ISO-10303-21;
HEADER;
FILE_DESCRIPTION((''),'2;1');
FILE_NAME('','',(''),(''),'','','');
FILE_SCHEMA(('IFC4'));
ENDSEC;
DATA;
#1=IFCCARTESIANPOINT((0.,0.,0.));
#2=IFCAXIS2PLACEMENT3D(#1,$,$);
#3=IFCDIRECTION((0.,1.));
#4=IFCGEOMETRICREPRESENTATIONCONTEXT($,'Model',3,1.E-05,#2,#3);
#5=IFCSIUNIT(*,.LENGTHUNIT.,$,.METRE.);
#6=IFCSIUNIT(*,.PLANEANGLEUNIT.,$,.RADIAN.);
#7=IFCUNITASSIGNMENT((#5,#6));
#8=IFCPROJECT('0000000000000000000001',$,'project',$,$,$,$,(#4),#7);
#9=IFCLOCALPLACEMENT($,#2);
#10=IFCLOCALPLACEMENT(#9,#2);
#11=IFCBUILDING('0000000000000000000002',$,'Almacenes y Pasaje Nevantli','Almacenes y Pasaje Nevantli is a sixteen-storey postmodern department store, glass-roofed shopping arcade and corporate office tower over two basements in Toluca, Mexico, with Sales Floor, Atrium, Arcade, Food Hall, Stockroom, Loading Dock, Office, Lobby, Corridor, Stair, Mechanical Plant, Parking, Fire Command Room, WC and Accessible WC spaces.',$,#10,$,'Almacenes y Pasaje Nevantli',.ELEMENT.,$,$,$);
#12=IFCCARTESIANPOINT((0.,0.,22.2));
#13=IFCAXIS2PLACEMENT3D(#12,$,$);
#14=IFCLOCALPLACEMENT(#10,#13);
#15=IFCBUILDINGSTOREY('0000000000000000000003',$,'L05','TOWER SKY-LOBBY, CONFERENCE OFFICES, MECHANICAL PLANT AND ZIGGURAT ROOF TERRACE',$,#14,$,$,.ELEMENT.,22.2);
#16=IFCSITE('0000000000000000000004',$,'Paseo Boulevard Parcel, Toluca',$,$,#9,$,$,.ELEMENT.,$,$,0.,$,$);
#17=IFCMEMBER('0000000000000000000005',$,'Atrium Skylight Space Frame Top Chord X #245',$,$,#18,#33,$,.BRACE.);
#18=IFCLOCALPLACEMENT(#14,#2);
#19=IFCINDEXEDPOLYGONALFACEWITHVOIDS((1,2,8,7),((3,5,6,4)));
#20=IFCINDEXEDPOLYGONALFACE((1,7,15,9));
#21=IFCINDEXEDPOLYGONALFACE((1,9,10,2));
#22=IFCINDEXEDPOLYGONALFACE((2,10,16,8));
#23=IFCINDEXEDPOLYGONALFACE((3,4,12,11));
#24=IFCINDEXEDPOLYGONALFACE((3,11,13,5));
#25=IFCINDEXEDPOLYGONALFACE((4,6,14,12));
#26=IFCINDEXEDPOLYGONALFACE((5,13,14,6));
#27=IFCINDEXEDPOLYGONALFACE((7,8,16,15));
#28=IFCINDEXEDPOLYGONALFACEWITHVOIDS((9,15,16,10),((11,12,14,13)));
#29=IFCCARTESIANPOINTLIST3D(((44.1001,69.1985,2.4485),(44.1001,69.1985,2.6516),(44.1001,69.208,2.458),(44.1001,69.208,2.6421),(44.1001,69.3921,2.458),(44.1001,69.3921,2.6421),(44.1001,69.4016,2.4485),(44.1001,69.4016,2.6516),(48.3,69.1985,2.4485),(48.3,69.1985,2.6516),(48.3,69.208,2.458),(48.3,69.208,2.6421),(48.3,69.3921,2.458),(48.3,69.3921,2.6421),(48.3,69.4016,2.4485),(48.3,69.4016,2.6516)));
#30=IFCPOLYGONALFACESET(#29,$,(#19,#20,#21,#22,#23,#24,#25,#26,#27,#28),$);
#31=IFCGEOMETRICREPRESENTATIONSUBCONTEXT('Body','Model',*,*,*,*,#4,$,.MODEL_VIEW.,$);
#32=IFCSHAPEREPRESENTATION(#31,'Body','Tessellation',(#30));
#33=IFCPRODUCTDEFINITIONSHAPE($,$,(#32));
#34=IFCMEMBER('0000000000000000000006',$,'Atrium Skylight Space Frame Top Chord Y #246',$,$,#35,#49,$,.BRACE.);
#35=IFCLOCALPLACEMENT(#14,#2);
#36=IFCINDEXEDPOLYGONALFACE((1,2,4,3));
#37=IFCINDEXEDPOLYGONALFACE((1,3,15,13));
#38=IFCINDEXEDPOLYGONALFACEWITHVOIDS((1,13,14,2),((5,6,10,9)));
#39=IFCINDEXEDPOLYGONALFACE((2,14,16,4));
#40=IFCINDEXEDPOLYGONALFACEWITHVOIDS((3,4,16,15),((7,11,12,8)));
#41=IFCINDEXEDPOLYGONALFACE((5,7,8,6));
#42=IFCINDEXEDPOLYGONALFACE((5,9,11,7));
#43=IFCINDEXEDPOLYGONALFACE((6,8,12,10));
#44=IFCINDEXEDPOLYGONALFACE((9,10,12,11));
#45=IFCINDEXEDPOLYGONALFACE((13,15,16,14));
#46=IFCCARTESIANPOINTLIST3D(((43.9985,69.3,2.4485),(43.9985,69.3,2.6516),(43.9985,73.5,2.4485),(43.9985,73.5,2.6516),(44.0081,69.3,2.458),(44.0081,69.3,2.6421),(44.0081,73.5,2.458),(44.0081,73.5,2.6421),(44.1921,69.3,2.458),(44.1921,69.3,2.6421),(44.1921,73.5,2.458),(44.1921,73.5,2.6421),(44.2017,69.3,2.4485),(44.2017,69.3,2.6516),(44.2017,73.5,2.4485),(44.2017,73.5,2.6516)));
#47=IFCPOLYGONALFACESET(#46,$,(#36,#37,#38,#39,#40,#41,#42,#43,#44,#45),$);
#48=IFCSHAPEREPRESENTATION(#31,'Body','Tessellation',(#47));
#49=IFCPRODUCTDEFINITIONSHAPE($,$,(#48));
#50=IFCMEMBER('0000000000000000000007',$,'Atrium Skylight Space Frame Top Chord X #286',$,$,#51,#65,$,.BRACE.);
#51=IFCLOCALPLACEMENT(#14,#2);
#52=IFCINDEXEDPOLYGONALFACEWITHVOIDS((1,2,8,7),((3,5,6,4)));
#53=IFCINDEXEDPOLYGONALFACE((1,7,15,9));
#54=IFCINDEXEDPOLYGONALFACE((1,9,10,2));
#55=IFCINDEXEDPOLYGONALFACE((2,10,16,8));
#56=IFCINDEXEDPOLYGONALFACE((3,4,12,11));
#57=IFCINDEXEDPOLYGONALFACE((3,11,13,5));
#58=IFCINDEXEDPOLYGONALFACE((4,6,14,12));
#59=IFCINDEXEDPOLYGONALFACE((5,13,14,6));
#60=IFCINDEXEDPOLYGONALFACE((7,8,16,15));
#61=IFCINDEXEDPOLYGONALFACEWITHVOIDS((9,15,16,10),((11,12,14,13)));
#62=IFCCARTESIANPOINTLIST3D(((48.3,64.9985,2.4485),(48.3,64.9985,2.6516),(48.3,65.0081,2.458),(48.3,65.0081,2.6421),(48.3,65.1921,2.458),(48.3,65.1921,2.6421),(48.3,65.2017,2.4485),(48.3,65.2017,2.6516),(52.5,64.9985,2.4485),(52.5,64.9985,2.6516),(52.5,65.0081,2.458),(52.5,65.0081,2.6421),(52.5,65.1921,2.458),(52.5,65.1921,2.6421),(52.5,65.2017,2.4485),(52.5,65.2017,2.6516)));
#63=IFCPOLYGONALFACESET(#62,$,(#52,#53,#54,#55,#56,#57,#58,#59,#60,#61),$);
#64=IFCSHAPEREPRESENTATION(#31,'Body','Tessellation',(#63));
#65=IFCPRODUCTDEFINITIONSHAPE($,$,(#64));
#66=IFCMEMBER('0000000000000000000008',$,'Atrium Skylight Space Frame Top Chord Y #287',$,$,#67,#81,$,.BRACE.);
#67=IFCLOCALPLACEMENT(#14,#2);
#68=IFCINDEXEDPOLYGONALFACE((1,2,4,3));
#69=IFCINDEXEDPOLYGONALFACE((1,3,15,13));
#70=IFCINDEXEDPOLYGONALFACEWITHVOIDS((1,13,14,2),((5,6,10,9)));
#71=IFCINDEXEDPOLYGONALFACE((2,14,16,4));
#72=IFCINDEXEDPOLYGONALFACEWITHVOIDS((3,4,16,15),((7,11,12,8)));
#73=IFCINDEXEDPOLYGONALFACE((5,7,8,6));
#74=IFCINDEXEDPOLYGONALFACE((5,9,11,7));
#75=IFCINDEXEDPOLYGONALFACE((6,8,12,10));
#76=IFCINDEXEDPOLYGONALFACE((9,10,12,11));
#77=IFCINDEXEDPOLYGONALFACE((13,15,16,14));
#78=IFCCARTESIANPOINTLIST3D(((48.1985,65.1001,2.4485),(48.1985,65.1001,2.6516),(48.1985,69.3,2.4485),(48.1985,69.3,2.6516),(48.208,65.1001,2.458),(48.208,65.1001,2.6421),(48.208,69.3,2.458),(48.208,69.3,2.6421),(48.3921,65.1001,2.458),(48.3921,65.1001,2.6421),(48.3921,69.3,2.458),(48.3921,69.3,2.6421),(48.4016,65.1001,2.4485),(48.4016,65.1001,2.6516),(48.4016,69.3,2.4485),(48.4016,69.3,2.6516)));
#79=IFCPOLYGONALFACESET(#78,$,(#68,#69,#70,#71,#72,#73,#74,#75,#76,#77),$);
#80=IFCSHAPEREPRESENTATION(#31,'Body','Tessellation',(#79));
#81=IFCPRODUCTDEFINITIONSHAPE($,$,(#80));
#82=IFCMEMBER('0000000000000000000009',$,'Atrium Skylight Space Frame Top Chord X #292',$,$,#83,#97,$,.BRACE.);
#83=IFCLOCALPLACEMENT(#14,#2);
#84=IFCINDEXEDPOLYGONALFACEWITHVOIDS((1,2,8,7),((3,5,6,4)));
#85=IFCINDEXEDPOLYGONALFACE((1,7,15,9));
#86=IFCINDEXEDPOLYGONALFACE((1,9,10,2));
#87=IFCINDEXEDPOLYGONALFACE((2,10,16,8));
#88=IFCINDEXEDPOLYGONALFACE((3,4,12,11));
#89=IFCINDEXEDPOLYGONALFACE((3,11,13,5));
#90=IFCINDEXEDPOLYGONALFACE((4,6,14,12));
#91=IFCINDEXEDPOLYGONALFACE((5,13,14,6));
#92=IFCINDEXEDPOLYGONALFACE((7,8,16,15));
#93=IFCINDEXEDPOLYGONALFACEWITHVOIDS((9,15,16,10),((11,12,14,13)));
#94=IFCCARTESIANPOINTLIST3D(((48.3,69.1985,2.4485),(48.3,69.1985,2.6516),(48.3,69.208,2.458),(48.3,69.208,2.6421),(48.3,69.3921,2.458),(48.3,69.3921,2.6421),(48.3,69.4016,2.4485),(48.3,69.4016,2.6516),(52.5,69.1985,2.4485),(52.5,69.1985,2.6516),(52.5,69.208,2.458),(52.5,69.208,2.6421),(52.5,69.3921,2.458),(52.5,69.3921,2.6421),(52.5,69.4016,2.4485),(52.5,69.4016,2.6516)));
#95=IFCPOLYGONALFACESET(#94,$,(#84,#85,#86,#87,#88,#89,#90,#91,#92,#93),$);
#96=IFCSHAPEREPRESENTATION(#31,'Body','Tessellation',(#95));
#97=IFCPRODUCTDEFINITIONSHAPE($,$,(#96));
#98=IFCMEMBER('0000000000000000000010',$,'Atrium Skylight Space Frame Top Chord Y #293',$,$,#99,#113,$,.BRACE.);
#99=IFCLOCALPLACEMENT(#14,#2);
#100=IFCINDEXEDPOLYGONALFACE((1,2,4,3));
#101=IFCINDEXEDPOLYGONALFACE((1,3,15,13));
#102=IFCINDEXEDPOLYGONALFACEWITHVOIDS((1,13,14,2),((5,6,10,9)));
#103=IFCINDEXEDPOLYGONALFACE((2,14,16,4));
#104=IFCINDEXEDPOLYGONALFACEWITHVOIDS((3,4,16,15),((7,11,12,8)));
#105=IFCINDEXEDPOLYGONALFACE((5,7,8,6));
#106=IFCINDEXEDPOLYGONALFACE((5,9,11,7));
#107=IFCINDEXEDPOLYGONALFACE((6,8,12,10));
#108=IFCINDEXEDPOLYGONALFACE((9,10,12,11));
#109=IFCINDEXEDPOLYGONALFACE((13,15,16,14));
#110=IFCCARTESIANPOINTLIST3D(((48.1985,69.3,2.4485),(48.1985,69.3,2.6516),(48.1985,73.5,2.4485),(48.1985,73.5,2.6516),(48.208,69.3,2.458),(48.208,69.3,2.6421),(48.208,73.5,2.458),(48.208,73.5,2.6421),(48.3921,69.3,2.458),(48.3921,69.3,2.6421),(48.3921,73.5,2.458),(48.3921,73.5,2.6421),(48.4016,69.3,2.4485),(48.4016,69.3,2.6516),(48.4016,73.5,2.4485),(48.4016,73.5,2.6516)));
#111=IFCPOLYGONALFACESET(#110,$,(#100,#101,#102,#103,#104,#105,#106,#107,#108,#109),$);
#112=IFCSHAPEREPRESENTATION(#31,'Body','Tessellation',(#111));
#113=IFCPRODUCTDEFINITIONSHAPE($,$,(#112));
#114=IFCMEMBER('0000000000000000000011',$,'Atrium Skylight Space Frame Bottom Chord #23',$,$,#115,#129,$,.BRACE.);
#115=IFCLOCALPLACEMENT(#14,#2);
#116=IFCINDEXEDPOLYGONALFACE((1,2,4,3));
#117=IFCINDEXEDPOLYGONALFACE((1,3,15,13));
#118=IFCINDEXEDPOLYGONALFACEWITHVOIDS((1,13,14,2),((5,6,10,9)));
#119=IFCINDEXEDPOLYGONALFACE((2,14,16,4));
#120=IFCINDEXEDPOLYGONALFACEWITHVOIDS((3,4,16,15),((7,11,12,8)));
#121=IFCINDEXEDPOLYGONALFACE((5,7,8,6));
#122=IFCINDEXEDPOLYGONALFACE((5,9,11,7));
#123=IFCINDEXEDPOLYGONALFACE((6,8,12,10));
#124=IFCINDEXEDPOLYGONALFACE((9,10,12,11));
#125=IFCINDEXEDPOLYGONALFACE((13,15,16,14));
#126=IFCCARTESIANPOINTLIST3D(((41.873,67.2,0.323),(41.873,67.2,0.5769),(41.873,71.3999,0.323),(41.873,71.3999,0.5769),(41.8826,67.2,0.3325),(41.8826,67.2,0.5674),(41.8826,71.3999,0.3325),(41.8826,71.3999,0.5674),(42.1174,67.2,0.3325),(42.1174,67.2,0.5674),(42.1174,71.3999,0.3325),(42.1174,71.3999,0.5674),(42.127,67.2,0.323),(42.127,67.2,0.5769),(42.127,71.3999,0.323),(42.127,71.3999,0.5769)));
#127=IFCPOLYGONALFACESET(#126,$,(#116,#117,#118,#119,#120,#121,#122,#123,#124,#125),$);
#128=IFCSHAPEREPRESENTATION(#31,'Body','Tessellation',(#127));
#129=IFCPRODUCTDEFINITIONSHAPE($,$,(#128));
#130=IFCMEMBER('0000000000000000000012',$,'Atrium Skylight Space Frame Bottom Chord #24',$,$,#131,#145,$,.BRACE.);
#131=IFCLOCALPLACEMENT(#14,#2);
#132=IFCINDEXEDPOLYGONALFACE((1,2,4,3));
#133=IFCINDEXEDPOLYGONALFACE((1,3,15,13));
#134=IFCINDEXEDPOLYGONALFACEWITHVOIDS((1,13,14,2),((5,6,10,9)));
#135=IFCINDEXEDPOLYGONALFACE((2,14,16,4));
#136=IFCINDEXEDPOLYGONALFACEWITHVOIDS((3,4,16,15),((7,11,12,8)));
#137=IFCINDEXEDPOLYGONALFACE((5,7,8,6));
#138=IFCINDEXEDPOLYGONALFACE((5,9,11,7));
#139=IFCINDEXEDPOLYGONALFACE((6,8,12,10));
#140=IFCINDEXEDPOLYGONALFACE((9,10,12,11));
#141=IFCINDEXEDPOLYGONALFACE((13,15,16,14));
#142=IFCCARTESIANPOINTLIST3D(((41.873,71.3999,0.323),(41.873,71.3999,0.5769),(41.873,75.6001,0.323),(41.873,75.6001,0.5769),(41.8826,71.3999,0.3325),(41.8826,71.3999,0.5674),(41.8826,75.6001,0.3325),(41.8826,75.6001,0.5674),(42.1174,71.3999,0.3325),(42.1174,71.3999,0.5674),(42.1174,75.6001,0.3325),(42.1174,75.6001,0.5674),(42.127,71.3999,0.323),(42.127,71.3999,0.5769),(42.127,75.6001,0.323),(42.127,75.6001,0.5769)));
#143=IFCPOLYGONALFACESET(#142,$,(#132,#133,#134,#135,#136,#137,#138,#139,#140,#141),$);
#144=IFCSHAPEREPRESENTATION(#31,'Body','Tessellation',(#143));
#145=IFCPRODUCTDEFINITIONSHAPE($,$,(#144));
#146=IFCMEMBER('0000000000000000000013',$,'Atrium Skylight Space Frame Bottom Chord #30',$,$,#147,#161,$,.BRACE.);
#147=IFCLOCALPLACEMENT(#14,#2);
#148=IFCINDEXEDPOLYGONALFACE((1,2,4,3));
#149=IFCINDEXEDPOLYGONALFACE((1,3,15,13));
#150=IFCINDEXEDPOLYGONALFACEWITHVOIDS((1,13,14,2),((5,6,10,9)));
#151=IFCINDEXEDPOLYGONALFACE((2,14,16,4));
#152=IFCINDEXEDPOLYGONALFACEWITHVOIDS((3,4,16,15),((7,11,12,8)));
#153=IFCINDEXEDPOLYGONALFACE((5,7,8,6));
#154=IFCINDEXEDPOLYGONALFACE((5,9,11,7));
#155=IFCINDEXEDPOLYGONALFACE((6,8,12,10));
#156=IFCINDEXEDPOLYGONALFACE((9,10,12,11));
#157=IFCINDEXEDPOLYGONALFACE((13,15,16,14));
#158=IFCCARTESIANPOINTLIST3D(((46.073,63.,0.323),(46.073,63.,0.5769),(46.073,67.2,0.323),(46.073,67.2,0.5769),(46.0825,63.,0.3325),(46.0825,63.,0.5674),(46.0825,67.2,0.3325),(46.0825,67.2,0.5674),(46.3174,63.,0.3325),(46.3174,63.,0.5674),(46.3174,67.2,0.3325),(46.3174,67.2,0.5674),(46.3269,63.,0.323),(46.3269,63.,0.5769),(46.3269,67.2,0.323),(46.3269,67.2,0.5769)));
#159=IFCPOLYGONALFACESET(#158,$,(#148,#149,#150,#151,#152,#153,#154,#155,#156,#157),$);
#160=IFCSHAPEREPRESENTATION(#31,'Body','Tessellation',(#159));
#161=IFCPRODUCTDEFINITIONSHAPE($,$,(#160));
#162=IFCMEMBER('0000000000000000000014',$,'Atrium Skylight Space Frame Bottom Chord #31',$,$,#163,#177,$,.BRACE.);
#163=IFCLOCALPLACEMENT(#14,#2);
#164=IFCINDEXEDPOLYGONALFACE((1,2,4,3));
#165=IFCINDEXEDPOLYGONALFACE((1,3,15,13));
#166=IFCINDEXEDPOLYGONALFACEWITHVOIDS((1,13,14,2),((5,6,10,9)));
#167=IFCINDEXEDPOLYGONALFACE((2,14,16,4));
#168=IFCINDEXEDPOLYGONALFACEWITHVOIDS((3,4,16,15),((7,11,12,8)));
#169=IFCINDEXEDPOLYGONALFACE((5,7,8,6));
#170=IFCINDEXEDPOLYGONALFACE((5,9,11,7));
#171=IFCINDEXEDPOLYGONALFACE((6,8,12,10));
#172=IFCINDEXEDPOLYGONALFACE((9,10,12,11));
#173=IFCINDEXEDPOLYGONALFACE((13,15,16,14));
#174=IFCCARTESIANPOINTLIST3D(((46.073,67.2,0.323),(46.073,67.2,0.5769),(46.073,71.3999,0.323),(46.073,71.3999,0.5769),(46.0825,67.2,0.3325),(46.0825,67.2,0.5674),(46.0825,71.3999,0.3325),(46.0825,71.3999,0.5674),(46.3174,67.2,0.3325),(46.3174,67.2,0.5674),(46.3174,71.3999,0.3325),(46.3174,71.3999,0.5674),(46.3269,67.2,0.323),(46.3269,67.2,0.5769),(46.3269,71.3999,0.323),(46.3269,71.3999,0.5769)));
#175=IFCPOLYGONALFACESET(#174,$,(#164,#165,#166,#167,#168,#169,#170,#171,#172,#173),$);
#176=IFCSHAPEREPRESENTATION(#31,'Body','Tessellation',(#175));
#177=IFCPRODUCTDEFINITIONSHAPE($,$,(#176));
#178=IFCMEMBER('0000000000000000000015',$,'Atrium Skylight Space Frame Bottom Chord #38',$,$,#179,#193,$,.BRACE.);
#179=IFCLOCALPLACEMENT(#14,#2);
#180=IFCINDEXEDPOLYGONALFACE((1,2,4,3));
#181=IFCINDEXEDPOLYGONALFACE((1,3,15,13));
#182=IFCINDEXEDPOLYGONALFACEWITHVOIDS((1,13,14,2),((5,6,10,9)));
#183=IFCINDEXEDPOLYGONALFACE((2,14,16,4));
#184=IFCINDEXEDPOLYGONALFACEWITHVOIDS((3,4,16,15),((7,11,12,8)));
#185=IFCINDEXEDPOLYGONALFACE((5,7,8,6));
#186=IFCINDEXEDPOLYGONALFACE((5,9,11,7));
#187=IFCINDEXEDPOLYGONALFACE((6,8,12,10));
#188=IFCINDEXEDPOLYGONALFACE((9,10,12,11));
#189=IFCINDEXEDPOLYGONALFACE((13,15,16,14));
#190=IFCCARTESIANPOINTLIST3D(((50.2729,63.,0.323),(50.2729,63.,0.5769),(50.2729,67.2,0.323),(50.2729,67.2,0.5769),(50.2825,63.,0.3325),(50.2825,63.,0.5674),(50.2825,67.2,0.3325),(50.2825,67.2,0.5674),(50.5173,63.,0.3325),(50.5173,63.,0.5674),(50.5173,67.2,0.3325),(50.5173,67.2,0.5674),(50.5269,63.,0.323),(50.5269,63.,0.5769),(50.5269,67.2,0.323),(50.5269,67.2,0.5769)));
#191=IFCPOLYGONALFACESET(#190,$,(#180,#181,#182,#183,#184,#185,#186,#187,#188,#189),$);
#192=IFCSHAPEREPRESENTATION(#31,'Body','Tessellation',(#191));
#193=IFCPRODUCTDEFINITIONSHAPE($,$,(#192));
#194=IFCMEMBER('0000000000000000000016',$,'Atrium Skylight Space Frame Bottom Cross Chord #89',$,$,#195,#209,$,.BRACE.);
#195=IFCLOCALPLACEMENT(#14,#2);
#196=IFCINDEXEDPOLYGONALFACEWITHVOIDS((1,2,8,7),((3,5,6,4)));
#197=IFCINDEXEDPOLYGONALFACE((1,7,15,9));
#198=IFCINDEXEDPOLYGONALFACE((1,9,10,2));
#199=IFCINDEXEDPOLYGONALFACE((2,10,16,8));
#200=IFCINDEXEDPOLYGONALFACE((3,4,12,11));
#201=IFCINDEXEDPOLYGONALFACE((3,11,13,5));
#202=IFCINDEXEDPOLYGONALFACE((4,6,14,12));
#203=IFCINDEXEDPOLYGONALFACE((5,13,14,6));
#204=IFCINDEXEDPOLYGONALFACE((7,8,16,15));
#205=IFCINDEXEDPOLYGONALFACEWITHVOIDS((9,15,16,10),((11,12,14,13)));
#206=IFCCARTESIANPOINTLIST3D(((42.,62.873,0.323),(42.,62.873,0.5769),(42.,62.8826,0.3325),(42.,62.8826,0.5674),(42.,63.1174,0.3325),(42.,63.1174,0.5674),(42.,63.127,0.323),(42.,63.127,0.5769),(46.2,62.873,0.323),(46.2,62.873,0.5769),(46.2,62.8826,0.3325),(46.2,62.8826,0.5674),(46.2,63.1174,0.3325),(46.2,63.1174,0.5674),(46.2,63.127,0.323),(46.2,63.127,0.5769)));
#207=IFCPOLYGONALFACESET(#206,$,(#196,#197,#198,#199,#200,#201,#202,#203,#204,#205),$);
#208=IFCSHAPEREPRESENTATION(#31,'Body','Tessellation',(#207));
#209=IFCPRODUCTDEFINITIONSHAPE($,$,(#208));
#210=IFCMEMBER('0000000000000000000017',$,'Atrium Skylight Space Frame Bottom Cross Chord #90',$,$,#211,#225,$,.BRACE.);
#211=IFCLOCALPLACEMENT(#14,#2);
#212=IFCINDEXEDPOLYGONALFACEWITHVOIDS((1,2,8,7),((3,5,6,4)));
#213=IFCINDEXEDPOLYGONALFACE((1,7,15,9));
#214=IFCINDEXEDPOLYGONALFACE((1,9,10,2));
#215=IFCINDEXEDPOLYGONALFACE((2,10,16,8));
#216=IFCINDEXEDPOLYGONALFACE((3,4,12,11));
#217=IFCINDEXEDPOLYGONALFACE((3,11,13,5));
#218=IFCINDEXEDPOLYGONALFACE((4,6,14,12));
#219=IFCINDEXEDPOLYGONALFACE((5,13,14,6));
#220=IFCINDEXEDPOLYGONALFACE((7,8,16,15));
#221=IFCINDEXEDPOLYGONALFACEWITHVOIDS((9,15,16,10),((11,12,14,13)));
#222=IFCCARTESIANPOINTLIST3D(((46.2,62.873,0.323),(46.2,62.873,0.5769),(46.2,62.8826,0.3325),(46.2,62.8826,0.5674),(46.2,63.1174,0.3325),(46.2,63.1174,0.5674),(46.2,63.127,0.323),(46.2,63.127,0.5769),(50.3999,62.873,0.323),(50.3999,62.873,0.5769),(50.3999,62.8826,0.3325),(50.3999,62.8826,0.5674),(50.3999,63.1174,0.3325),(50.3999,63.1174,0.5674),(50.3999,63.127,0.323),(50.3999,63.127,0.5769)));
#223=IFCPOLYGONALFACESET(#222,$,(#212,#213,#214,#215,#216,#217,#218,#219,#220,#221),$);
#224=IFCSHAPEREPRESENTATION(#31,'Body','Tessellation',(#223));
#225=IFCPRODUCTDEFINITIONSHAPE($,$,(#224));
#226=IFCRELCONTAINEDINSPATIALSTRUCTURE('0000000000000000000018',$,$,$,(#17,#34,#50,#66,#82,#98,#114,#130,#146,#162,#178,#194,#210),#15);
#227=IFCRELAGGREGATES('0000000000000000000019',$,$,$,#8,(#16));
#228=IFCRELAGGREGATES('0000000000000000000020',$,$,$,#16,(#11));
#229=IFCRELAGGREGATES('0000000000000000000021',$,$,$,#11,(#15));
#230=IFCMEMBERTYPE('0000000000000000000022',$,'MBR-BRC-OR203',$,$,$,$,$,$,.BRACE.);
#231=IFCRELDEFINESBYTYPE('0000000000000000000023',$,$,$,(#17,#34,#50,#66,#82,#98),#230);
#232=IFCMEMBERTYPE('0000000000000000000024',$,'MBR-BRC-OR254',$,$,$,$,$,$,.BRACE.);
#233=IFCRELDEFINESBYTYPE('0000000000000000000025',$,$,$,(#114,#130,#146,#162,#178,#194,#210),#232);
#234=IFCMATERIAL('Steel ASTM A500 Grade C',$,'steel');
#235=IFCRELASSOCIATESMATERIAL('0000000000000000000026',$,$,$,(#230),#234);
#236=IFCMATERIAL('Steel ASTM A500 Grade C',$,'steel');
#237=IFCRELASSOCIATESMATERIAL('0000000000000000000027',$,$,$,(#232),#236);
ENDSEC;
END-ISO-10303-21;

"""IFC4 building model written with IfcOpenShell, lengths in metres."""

from ifc_helpers import new_model, si_unit, direction, frame, origin, origin_2d, place, context, subcontext, project, spatial, hollow_rectangle, extrude, material, material_profile, profile_set, type_object, element, save


model = new_model("IFC4")

# Units and contexts
model_context = context("Model", 3, precision=1e-05, world=origin(), true_north=direction((0.0, 1.0)))
body_context = subcontext(model_context, "Body", "Model", "MODEL_VIEW")
ifc_project = project(units=[si_unit("LENGTHUNIT", "METRE"), si_unit("PLANEANGLEUNIT", "RADIAN")], contexts=[model_context])

# Site, building, storey
site_placement = place(None, origin())
site = spatial("IfcSite", under=ifc_project, at=site_placement, Name="Paseo Boulevard Parcel, Toluca", CompositionType="ELEMENT", RefElevation=0.0)
building_placement = place(site_placement, origin())
building = spatial("IfcBuilding", under=site, at=building_placement, Name="Almacenes y Pasaje Nevantli", Description="Almacenes y Pasaje Nevantli is a sixteen-storey postmodern department store, glass-roofed shopping arcade and corporate office tower over two basements in Toluca, Mexico, with Sales Floor, Atrium, Arcade, Food Hall, Stockroom, Loading Dock, Office, Lobby, Corridor, Stair, Mechanical Plant, Parking, Fire Command Room, WC and Accessible WC spaces.", LongName="Almacenes y Pasaje Nevantli", CompositionType="ELEMENT")
storey_placement = place(building_placement, frame((0.0, 0.0, 22.2)))
storey = spatial("IfcBuildingStorey", under=building, at=storey_placement, Name="L05", Description="TOWER SKY-LOBBY, CONFERENCE OFFICES, MECHANICAL PLANT AND ZIGGURAT ROOF TERRACE", CompositionType="ELEMENT", Elevation=22.2)

# Members
ifc_material_1 = material(Name="Steel ASTM A500 Grade C", Category="steel")
ifc_material_profile_1 = material_profile(ifc_material_1, hollow_rectangle(XDim=0.2031, YDim=0.2031, WallThickness=0.0095, at=origin_2d()), Name="OR 203x203x9.5")
ifc_profile_set_1 = profile_set([ifc_material_profile_1], Name="Steel ASTM A500 Grade C")
member_type_1 = type_object("IfcMemberType", Name="MBR-BRC-OR203", PredefinedType="BRACE", material=ifc_profile_set_1)
for number, where, z_axis, x_axis, name in (
    (1, (44.1001, 69.3, 2.55), (1.0, 0.0, 0.0), (0.0, 1.0, 0.0), "Atrium Skylight Space Frame Top Chord X #245"),
    (2, (44.1001, 69.3, 2.55), (0.0, 1.0, 0.0), (-1.0, 0.0, 0.0), "Atrium Skylight Space Frame Top Chord Y #246"),
    (3, (48.3, 65.1001, 2.55), (1.0, 0.0, 0.0), (0.0, 1.0, 0.0), "Atrium Skylight Space Frame Top Chord X #286"),
    (4, (48.3, 65.1001, 2.55), (0.0, 1.0, 0.0), (-1.0, 0.0, 0.0), "Atrium Skylight Space Frame Top Chord Y #287"),
    (5, (48.3, 69.3, 2.55), (1.0, 0.0, 0.0), (0.0, 1.0, 0.0), "Atrium Skylight Space Frame Top Chord X #292"),
    (6, (48.3, 69.3, 2.55), (0.0, 1.0, 0.0), (-1.0, 0.0, 0.0), "Atrium Skylight Space Frame Top Chord Y #293"),
):
    element("IfcMember", number, at=place(storey_placement, frame(where, z_axis=z_axis, x_axis=x_axis)), inside=storey, type_object=member_type_1, Name=name, PredefinedType="BRACE", context=body_context, shape_type="SweptSolid", body=[
        extrude(hollow_rectangle(XDim=0.2031, YDim=0.2031, WallThickness=0.0095, at=origin_2d()), origin(), (0.0, 0.0, 1.0), 4.2),
    ])
ifc_material_2 = material(Name="Steel ASTM A500 Grade C", Category="steel")
ifc_material_profile_2 = material_profile(ifc_material_2, hollow_rectangle(XDim=0.2539, YDim=0.2539, WallThickness=0.0095, at=origin_2d()), Name="OR 254x254x9.5")
ifc_profile_set_2 = profile_set([ifc_material_profile_2], Name="Steel ASTM A500 Grade C")
member_type_2 = type_object("IfcMemberType", Name="MBR-BRC-OR254", PredefinedType="BRACE", material=ifc_profile_set_2)
member_1_placement = place(storey_placement, frame((42.0, 67.2, 0.45), z_axis=(0.0, 1.0, 0.0), x_axis=(-1.0, 0.0, 0.0)))
element("IfcMember", 7, at=member_1_placement, inside=storey, type_object=member_type_2, Name="Atrium Skylight Space Frame Bottom Chord #23", PredefinedType="BRACE", context=body_context, shape_type="SweptSolid", body=[
    extrude(hollow_rectangle(XDim=0.2539, YDim=0.2539, WallThickness=0.0095, at=origin_2d()), origin(), (0.0, 0.0, 1.0), 4.2),
])
member_2_placement = place(storey_placement, frame((42.0, 71.3999, 0.45), z_axis=(0.0, 1.0, 0.0), x_axis=(-1.0, 0.0, 0.0)))
element("IfcMember", 8, at=member_2_placement, inside=storey, type_object=member_type_2, Name="Atrium Skylight Space Frame Bottom Chord #24", PredefinedType="BRACE", context=body_context, shape_type="SweptSolid", body=[
    extrude(hollow_rectangle(XDim=0.2539, YDim=0.2539, WallThickness=0.0095, at=origin_2d()), origin(), (0.0, 0.0, 1.0), 4.2002),
])
for number, where, z_axis, x_axis, name in (
    (9, (46.2, 63.0, 0.45), (0.0, 1.0, 0.0), (-1.0, 0.0, 0.0), "Atrium Skylight Space Frame Bottom Chord #30"),
    (10, (46.2, 67.2, 0.45), (0.0, 1.0, 0.0), (-1.0, 0.0, 0.0), "Atrium Skylight Space Frame Bottom Chord #31"),
    (11, (50.3999, 63.0, 0.45), (0.0, 1.0, 0.0), (-1.0, 0.0, 0.0), "Atrium Skylight Space Frame Bottom Chord #38"),
    (12, (42.0, 63.0, 0.45), (1.0, 0.0, 0.0), (0.0, 1.0, 0.0), "Atrium Skylight Space Frame Bottom Cross Chord #89"),
    (13, (46.2, 63.0, 0.45), (1.0, 0.0, 0.0), (0.0, 1.0, 0.0), "Atrium Skylight Space Frame Bottom Cross Chord #90"),
):
    element("IfcMember", number, at=place(storey_placement, frame(where, z_axis=z_axis, x_axis=x_axis)), inside=storey, type_object=member_type_2, Name=name, PredefinedType="BRACE", context=body_context, shape_type="SweptSolid", body=[
        extrude(hollow_rectangle(XDim=0.2539, YDim=0.2539, WallThickness=0.0095, at=origin_2d()), origin(), (0.0, 0.0, 1.0), 4.2),
    ])

save(model, "model.ifc")
